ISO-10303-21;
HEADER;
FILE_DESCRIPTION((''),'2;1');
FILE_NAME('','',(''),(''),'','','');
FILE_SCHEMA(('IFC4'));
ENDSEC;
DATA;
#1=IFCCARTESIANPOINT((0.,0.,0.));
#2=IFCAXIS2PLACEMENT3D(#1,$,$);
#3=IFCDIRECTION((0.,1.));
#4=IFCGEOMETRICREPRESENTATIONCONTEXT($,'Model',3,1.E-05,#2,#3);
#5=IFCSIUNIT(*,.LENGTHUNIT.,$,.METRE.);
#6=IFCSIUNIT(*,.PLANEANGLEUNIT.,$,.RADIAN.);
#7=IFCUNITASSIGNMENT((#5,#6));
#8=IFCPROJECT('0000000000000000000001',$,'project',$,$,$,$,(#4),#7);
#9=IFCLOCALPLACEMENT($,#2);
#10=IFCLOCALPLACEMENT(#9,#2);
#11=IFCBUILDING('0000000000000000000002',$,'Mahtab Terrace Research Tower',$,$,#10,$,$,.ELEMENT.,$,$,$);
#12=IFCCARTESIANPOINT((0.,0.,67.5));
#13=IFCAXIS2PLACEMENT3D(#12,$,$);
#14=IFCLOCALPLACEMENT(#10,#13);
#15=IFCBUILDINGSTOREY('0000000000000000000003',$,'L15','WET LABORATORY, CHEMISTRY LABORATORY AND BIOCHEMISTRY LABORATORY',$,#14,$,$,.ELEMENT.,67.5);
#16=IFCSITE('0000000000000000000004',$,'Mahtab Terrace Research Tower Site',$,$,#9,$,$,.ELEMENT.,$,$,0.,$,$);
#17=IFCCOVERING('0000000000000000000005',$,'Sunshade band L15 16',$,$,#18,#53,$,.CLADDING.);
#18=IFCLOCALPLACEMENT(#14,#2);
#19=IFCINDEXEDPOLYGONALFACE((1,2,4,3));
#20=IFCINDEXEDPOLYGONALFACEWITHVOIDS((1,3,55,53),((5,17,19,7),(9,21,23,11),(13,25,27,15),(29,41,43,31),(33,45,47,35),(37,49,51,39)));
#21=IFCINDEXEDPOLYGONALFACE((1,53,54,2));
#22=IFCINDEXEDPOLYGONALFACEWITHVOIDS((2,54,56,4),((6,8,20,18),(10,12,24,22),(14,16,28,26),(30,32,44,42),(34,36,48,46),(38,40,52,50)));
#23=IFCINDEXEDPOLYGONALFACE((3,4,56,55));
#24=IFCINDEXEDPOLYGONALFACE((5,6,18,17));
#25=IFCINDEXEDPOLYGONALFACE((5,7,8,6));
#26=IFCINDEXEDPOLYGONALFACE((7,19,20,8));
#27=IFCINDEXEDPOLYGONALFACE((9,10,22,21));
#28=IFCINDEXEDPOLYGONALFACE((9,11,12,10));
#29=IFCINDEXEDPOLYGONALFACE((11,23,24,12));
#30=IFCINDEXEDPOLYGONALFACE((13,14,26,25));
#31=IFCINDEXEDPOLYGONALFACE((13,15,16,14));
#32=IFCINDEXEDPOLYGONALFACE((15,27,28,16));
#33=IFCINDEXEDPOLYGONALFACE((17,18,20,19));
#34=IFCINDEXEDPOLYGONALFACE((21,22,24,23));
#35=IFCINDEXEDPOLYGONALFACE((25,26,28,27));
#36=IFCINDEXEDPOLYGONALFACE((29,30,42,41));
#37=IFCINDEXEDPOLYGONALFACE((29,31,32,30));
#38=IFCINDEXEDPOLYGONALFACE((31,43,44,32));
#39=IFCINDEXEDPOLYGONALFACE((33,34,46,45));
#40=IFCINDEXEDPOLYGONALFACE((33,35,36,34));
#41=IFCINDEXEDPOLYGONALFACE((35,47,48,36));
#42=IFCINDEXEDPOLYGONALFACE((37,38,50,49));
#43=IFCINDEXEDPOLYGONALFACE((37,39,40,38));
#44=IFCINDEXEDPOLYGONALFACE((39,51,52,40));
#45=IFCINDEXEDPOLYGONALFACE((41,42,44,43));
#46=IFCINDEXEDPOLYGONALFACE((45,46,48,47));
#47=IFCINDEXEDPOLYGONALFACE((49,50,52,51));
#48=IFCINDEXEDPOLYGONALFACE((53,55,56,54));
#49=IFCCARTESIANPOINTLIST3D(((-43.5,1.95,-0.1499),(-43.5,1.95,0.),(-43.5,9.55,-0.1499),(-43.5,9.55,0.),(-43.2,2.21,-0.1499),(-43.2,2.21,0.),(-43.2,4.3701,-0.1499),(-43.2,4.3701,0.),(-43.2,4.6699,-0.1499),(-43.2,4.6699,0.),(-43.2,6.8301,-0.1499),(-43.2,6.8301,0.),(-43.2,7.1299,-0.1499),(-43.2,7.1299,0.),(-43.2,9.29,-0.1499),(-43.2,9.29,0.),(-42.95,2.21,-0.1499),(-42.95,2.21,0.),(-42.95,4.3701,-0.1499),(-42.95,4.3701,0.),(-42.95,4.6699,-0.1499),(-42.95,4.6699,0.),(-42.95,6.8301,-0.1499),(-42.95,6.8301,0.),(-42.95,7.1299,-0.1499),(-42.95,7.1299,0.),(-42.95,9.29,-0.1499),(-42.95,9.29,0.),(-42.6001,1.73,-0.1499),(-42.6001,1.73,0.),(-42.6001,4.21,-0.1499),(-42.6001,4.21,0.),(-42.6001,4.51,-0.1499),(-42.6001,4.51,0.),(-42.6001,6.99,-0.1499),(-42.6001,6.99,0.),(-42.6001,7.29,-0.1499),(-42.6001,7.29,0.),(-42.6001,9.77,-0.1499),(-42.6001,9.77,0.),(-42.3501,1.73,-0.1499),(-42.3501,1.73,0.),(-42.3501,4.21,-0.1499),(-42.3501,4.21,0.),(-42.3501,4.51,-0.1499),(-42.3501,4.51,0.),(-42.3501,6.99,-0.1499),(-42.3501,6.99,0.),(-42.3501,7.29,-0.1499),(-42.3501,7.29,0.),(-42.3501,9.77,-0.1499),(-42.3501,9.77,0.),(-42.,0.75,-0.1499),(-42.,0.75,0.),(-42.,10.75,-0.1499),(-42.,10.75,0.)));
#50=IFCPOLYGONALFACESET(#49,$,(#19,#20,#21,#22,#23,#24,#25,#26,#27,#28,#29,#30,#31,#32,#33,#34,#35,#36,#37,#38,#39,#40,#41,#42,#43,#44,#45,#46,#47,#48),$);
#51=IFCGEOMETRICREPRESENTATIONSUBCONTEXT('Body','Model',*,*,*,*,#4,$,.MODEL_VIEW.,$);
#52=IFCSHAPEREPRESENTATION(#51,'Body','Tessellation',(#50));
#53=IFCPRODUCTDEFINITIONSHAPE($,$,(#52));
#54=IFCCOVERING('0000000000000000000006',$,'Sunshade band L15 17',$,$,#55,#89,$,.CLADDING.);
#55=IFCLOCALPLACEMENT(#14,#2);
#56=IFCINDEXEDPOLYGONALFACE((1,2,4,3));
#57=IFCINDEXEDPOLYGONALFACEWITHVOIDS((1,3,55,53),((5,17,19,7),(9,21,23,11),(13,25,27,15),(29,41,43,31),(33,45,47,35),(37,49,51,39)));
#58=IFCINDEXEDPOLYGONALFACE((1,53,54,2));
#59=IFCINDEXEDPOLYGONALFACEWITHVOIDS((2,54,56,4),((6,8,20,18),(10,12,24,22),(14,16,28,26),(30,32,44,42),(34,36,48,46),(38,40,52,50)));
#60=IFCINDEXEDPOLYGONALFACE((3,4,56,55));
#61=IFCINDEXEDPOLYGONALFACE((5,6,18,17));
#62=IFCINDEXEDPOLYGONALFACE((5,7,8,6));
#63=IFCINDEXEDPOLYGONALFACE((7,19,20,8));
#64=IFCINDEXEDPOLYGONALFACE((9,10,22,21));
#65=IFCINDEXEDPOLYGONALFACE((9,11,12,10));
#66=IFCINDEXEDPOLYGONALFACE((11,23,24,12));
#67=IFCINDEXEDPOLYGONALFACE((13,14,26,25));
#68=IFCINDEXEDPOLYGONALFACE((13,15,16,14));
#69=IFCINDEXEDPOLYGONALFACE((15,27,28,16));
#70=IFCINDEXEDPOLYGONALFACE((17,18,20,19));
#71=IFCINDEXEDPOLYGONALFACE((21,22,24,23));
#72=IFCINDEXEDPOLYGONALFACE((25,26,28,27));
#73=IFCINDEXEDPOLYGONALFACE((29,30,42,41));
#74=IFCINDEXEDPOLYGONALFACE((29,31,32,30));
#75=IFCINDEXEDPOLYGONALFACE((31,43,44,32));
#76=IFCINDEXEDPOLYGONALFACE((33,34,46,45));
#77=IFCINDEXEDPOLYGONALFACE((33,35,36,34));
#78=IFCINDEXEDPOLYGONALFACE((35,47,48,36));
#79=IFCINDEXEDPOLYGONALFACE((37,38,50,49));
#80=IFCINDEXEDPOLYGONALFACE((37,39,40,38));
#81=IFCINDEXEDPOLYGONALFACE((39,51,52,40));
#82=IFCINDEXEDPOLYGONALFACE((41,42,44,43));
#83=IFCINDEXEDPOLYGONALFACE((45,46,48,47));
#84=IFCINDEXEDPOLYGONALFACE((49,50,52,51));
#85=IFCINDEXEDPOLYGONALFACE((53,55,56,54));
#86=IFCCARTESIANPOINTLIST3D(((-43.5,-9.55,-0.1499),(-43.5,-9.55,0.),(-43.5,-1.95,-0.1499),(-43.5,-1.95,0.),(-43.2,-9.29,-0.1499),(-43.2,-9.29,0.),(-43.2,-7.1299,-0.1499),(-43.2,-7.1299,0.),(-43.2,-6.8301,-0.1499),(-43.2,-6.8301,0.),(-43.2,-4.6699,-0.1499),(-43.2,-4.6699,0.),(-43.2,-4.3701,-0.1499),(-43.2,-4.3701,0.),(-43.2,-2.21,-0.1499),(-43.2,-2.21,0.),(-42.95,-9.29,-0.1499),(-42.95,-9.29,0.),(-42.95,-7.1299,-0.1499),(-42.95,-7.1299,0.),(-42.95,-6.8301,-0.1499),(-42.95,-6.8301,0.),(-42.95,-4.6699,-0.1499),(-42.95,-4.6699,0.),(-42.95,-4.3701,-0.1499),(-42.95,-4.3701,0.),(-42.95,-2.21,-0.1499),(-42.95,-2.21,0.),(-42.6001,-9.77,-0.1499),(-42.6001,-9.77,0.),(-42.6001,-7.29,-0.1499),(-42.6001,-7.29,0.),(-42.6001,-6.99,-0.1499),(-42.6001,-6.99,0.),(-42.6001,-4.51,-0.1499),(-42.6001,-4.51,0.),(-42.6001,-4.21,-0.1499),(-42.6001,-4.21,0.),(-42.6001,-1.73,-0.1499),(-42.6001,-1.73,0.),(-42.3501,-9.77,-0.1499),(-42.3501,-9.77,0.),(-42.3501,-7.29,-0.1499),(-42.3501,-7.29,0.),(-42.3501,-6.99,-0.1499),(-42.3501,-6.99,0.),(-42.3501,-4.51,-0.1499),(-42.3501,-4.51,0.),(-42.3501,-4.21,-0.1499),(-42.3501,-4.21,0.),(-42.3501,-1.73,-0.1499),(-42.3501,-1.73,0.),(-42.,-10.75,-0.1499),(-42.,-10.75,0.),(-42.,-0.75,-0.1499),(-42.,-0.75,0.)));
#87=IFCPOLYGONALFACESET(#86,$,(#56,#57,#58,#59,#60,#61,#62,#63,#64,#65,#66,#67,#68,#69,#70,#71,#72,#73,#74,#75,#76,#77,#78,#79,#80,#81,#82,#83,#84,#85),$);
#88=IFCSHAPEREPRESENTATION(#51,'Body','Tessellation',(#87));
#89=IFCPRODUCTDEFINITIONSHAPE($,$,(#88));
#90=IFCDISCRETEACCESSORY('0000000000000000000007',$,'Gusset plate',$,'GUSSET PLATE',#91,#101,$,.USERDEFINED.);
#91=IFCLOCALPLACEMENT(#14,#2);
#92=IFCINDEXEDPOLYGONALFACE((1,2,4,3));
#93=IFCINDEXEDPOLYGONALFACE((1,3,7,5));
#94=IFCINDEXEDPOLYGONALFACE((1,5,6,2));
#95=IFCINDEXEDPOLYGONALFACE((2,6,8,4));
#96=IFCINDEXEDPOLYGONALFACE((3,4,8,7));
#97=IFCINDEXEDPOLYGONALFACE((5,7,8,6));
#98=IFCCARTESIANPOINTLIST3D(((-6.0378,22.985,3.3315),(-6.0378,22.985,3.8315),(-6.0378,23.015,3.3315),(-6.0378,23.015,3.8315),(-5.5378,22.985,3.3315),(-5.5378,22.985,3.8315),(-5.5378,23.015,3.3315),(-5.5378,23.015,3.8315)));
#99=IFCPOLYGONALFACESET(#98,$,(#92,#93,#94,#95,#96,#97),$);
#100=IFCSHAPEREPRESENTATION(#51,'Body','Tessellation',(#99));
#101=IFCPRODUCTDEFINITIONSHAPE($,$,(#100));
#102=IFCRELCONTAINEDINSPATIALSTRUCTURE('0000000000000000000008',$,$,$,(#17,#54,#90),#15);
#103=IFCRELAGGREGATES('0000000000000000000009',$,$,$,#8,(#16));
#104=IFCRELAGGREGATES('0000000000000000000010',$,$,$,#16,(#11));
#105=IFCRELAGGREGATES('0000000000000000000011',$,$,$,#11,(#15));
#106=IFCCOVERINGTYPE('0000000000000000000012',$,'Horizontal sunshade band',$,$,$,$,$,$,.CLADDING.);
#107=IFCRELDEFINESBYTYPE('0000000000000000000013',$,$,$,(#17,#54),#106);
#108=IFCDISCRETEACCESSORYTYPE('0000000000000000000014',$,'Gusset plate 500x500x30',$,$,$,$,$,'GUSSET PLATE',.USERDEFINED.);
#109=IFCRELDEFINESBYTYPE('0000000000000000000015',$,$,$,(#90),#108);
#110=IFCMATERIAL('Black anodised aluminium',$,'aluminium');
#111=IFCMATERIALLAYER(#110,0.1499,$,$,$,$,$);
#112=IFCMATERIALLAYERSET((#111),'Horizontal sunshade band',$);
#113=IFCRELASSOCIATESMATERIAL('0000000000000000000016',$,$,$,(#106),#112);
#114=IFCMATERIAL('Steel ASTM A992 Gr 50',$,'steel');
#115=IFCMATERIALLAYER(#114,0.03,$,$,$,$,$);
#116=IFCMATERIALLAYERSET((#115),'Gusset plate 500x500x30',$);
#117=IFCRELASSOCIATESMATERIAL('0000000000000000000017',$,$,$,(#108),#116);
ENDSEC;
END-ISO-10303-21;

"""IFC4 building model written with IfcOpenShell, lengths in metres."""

from ifc_helpers import new_model, si_unit, direction, frame, origin, origin_2d, place, context, subcontext, project, spatial, polyline, rectangle, outline, extrude, material, layer, layer_set, type_object, element, save


model = new_model("IFC4")

# Units and contexts
model_context = context("Model", 3, precision=1e-05, world=origin(), true_north=direction((0.0, 1.0)))
body_context = subcontext(model_context, "Body", "Model", "MODEL_VIEW")
ifc_project = project(units=[si_unit("LENGTHUNIT", "METRE"), si_unit("PLANEANGLEUNIT", "RADIAN")], contexts=[model_context])

# Site, building, storey
site_placement = place(None, origin())
site = spatial("IfcSite", under=ifc_project, at=site_placement, Name="Mahtab Terrace Research Tower Site", CompositionType="ELEMENT", RefElevation=0.0)
building_placement = place(site_placement, origin())
building = spatial("IfcBuilding", under=site, at=building_placement, Name="Mahtab Terrace Research Tower", CompositionType="ELEMENT")
storey_placement = place(building_placement, frame((0.0, 0.0, 67.5)))
storey = spatial("IfcBuildingStorey", under=building, at=storey_placement, Name="L15", Description="WET LABORATORY, CHEMISTRY LABORATORY AND BIOCHEMISTRY LABORATORY", CompositionType="ELEMENT", Elevation=67.5)

# Shared definitions
ifc_material_1 = material(Name="Steel ASTM A992 Gr 50", Category="steel")

# Coverings
ifc_material_2 = material(Name="Black anodised aluminium", Category="aluminium")
ifc_layer_1 = layer(ifc_material_2, 0.1499)
ifc_layer_set_1 = layer_set([ifc_layer_1], Name="Horizontal sunshade band")
covering_type = type_object("IfcCoveringType", Name="Horizontal sunshade band", PredefinedType="CLADDING", material=ifc_layer_set_1)
covering_1_placement = place(storey_placement, frame((0.0, 0.0, -0.1499)))
element("IfcCovering", 1, at=covering_1_placement, inside=storey, type_object=covering_type, Name="Sunshade band L15 16", PredefinedType="CLADDING", context=body_context, shape_type="SweptSolid", body=[
    extrude(outline(polyline([(-42.0, 10.75), (-42.0, 0.75), (-43.5, 1.95), (-43.5, 9.55), (-42.0, 10.75)]), holes=[polyline([(-42.3501, 9.77), (-42.3501, 7.29), (-42.6001, 7.29), (-42.6001, 9.77), (-42.3501, 9.77)]), polyline([(-42.3501, 6.99), (-42.3501, 4.51), (-42.6001, 4.51), (-42.6001, 6.99), (-42.3501, 6.99)]), polyline([(-42.3501, 4.21), (-42.3501, 1.73), (-42.6001, 1.73), (-42.6001, 4.21), (-42.3501, 4.21)]), polyline([(-42.95, 9.29), (-42.95, 7.1299), (-43.2, 7.1299), (-43.2, 9.29), (-42.95, 9.29)]), polyline([(-42.95, 6.8301), (-42.95, 4.6699), (-43.2, 4.6699), (-43.2, 6.8301), (-42.95, 6.8301)]), polyline([(-42.95, 4.3701), (-42.95, 2.21), (-43.2, 2.21), (-43.2, 4.3701), (-42.95, 4.3701)])]), origin(), (0.0, 0.0, 1.0), 0.1499),
])
covering_2_placement = place(storey_placement, frame((0.0, 0.0, -0.1499)))
element("IfcCovering", 2, at=covering_2_placement, inside=storey, type_object=covering_type, Name="Sunshade band L15 17", PredefinedType="CLADDING", context=body_context, shape_type="SweptSolid", body=[
    extrude(outline(polyline([(-42.0, -0.75), (-42.0, -10.75), (-43.5, -9.55), (-43.5, -1.95), (-42.0, -0.75)]), holes=[polyline([(-42.3501, -1.73), (-42.3501, -4.21), (-42.6001, -4.21), (-42.6001, -1.73), (-42.3501, -1.73)]), polyline([(-42.3501, -4.51), (-42.3501, -6.99), (-42.6001, -6.99), (-42.6001, -4.51), (-42.3501, -4.51)]), polyline([(-42.3501, -7.29), (-42.3501, -9.77), (-42.6001, -9.77), (-42.6001, -7.29), (-42.3501, -7.29)]), polyline([(-42.95, -2.21), (-42.95, -4.3701), (-43.2, -4.3701), (-43.2, -2.21), (-42.95, -2.21)]), polyline([(-42.95, -4.6699), (-42.95, -6.8301), (-43.2, -6.8301), (-43.2, -4.6699), (-42.95, -4.6699)]), polyline([(-42.95, -7.1299), (-42.95, -9.29), (-43.2, -9.29), (-43.2, -7.1299), (-42.95, -7.1299)])]), origin(), (0.0, 0.0, 1.0), 0.1499),
])

# Discrete accessory
ifc_layer_2 = layer(ifc_material_1, 0.03)
ifc_layer_set_2 = layer_set([ifc_layer_2], Name="Gusset plate 500x500x30")
discrete_accessory_type = type_object("IfcDiscreteAccessoryType", Name="Gusset plate 500x500x30", ElementType="GUSSET PLATE", PredefinedType="USERDEFINED", material=ifc_layer_set_2)
discrete_accessory_placement = place(storey_placement, frame((-5.7878, 23.0, 3.3315), z_axis=(0.0, 0.0, 1.0), x_axis=(1.0, 0.0, 0.0)))
element("IfcDiscreteAccessory", 3, at=discrete_accessory_placement, inside=storey, type_object=discrete_accessory_type, Name="Gusset plate", ObjectType="GUSSET PLATE", PredefinedType="USERDEFINED", context=body_context, shape_type="SweptSolid", body=[
    extrude(rectangle(XDim=0.5, YDim=0.03, at=origin_2d()), origin(), (0.0, 0.0, 1.0), 0.5),
])

save(model, "model.ifc")
